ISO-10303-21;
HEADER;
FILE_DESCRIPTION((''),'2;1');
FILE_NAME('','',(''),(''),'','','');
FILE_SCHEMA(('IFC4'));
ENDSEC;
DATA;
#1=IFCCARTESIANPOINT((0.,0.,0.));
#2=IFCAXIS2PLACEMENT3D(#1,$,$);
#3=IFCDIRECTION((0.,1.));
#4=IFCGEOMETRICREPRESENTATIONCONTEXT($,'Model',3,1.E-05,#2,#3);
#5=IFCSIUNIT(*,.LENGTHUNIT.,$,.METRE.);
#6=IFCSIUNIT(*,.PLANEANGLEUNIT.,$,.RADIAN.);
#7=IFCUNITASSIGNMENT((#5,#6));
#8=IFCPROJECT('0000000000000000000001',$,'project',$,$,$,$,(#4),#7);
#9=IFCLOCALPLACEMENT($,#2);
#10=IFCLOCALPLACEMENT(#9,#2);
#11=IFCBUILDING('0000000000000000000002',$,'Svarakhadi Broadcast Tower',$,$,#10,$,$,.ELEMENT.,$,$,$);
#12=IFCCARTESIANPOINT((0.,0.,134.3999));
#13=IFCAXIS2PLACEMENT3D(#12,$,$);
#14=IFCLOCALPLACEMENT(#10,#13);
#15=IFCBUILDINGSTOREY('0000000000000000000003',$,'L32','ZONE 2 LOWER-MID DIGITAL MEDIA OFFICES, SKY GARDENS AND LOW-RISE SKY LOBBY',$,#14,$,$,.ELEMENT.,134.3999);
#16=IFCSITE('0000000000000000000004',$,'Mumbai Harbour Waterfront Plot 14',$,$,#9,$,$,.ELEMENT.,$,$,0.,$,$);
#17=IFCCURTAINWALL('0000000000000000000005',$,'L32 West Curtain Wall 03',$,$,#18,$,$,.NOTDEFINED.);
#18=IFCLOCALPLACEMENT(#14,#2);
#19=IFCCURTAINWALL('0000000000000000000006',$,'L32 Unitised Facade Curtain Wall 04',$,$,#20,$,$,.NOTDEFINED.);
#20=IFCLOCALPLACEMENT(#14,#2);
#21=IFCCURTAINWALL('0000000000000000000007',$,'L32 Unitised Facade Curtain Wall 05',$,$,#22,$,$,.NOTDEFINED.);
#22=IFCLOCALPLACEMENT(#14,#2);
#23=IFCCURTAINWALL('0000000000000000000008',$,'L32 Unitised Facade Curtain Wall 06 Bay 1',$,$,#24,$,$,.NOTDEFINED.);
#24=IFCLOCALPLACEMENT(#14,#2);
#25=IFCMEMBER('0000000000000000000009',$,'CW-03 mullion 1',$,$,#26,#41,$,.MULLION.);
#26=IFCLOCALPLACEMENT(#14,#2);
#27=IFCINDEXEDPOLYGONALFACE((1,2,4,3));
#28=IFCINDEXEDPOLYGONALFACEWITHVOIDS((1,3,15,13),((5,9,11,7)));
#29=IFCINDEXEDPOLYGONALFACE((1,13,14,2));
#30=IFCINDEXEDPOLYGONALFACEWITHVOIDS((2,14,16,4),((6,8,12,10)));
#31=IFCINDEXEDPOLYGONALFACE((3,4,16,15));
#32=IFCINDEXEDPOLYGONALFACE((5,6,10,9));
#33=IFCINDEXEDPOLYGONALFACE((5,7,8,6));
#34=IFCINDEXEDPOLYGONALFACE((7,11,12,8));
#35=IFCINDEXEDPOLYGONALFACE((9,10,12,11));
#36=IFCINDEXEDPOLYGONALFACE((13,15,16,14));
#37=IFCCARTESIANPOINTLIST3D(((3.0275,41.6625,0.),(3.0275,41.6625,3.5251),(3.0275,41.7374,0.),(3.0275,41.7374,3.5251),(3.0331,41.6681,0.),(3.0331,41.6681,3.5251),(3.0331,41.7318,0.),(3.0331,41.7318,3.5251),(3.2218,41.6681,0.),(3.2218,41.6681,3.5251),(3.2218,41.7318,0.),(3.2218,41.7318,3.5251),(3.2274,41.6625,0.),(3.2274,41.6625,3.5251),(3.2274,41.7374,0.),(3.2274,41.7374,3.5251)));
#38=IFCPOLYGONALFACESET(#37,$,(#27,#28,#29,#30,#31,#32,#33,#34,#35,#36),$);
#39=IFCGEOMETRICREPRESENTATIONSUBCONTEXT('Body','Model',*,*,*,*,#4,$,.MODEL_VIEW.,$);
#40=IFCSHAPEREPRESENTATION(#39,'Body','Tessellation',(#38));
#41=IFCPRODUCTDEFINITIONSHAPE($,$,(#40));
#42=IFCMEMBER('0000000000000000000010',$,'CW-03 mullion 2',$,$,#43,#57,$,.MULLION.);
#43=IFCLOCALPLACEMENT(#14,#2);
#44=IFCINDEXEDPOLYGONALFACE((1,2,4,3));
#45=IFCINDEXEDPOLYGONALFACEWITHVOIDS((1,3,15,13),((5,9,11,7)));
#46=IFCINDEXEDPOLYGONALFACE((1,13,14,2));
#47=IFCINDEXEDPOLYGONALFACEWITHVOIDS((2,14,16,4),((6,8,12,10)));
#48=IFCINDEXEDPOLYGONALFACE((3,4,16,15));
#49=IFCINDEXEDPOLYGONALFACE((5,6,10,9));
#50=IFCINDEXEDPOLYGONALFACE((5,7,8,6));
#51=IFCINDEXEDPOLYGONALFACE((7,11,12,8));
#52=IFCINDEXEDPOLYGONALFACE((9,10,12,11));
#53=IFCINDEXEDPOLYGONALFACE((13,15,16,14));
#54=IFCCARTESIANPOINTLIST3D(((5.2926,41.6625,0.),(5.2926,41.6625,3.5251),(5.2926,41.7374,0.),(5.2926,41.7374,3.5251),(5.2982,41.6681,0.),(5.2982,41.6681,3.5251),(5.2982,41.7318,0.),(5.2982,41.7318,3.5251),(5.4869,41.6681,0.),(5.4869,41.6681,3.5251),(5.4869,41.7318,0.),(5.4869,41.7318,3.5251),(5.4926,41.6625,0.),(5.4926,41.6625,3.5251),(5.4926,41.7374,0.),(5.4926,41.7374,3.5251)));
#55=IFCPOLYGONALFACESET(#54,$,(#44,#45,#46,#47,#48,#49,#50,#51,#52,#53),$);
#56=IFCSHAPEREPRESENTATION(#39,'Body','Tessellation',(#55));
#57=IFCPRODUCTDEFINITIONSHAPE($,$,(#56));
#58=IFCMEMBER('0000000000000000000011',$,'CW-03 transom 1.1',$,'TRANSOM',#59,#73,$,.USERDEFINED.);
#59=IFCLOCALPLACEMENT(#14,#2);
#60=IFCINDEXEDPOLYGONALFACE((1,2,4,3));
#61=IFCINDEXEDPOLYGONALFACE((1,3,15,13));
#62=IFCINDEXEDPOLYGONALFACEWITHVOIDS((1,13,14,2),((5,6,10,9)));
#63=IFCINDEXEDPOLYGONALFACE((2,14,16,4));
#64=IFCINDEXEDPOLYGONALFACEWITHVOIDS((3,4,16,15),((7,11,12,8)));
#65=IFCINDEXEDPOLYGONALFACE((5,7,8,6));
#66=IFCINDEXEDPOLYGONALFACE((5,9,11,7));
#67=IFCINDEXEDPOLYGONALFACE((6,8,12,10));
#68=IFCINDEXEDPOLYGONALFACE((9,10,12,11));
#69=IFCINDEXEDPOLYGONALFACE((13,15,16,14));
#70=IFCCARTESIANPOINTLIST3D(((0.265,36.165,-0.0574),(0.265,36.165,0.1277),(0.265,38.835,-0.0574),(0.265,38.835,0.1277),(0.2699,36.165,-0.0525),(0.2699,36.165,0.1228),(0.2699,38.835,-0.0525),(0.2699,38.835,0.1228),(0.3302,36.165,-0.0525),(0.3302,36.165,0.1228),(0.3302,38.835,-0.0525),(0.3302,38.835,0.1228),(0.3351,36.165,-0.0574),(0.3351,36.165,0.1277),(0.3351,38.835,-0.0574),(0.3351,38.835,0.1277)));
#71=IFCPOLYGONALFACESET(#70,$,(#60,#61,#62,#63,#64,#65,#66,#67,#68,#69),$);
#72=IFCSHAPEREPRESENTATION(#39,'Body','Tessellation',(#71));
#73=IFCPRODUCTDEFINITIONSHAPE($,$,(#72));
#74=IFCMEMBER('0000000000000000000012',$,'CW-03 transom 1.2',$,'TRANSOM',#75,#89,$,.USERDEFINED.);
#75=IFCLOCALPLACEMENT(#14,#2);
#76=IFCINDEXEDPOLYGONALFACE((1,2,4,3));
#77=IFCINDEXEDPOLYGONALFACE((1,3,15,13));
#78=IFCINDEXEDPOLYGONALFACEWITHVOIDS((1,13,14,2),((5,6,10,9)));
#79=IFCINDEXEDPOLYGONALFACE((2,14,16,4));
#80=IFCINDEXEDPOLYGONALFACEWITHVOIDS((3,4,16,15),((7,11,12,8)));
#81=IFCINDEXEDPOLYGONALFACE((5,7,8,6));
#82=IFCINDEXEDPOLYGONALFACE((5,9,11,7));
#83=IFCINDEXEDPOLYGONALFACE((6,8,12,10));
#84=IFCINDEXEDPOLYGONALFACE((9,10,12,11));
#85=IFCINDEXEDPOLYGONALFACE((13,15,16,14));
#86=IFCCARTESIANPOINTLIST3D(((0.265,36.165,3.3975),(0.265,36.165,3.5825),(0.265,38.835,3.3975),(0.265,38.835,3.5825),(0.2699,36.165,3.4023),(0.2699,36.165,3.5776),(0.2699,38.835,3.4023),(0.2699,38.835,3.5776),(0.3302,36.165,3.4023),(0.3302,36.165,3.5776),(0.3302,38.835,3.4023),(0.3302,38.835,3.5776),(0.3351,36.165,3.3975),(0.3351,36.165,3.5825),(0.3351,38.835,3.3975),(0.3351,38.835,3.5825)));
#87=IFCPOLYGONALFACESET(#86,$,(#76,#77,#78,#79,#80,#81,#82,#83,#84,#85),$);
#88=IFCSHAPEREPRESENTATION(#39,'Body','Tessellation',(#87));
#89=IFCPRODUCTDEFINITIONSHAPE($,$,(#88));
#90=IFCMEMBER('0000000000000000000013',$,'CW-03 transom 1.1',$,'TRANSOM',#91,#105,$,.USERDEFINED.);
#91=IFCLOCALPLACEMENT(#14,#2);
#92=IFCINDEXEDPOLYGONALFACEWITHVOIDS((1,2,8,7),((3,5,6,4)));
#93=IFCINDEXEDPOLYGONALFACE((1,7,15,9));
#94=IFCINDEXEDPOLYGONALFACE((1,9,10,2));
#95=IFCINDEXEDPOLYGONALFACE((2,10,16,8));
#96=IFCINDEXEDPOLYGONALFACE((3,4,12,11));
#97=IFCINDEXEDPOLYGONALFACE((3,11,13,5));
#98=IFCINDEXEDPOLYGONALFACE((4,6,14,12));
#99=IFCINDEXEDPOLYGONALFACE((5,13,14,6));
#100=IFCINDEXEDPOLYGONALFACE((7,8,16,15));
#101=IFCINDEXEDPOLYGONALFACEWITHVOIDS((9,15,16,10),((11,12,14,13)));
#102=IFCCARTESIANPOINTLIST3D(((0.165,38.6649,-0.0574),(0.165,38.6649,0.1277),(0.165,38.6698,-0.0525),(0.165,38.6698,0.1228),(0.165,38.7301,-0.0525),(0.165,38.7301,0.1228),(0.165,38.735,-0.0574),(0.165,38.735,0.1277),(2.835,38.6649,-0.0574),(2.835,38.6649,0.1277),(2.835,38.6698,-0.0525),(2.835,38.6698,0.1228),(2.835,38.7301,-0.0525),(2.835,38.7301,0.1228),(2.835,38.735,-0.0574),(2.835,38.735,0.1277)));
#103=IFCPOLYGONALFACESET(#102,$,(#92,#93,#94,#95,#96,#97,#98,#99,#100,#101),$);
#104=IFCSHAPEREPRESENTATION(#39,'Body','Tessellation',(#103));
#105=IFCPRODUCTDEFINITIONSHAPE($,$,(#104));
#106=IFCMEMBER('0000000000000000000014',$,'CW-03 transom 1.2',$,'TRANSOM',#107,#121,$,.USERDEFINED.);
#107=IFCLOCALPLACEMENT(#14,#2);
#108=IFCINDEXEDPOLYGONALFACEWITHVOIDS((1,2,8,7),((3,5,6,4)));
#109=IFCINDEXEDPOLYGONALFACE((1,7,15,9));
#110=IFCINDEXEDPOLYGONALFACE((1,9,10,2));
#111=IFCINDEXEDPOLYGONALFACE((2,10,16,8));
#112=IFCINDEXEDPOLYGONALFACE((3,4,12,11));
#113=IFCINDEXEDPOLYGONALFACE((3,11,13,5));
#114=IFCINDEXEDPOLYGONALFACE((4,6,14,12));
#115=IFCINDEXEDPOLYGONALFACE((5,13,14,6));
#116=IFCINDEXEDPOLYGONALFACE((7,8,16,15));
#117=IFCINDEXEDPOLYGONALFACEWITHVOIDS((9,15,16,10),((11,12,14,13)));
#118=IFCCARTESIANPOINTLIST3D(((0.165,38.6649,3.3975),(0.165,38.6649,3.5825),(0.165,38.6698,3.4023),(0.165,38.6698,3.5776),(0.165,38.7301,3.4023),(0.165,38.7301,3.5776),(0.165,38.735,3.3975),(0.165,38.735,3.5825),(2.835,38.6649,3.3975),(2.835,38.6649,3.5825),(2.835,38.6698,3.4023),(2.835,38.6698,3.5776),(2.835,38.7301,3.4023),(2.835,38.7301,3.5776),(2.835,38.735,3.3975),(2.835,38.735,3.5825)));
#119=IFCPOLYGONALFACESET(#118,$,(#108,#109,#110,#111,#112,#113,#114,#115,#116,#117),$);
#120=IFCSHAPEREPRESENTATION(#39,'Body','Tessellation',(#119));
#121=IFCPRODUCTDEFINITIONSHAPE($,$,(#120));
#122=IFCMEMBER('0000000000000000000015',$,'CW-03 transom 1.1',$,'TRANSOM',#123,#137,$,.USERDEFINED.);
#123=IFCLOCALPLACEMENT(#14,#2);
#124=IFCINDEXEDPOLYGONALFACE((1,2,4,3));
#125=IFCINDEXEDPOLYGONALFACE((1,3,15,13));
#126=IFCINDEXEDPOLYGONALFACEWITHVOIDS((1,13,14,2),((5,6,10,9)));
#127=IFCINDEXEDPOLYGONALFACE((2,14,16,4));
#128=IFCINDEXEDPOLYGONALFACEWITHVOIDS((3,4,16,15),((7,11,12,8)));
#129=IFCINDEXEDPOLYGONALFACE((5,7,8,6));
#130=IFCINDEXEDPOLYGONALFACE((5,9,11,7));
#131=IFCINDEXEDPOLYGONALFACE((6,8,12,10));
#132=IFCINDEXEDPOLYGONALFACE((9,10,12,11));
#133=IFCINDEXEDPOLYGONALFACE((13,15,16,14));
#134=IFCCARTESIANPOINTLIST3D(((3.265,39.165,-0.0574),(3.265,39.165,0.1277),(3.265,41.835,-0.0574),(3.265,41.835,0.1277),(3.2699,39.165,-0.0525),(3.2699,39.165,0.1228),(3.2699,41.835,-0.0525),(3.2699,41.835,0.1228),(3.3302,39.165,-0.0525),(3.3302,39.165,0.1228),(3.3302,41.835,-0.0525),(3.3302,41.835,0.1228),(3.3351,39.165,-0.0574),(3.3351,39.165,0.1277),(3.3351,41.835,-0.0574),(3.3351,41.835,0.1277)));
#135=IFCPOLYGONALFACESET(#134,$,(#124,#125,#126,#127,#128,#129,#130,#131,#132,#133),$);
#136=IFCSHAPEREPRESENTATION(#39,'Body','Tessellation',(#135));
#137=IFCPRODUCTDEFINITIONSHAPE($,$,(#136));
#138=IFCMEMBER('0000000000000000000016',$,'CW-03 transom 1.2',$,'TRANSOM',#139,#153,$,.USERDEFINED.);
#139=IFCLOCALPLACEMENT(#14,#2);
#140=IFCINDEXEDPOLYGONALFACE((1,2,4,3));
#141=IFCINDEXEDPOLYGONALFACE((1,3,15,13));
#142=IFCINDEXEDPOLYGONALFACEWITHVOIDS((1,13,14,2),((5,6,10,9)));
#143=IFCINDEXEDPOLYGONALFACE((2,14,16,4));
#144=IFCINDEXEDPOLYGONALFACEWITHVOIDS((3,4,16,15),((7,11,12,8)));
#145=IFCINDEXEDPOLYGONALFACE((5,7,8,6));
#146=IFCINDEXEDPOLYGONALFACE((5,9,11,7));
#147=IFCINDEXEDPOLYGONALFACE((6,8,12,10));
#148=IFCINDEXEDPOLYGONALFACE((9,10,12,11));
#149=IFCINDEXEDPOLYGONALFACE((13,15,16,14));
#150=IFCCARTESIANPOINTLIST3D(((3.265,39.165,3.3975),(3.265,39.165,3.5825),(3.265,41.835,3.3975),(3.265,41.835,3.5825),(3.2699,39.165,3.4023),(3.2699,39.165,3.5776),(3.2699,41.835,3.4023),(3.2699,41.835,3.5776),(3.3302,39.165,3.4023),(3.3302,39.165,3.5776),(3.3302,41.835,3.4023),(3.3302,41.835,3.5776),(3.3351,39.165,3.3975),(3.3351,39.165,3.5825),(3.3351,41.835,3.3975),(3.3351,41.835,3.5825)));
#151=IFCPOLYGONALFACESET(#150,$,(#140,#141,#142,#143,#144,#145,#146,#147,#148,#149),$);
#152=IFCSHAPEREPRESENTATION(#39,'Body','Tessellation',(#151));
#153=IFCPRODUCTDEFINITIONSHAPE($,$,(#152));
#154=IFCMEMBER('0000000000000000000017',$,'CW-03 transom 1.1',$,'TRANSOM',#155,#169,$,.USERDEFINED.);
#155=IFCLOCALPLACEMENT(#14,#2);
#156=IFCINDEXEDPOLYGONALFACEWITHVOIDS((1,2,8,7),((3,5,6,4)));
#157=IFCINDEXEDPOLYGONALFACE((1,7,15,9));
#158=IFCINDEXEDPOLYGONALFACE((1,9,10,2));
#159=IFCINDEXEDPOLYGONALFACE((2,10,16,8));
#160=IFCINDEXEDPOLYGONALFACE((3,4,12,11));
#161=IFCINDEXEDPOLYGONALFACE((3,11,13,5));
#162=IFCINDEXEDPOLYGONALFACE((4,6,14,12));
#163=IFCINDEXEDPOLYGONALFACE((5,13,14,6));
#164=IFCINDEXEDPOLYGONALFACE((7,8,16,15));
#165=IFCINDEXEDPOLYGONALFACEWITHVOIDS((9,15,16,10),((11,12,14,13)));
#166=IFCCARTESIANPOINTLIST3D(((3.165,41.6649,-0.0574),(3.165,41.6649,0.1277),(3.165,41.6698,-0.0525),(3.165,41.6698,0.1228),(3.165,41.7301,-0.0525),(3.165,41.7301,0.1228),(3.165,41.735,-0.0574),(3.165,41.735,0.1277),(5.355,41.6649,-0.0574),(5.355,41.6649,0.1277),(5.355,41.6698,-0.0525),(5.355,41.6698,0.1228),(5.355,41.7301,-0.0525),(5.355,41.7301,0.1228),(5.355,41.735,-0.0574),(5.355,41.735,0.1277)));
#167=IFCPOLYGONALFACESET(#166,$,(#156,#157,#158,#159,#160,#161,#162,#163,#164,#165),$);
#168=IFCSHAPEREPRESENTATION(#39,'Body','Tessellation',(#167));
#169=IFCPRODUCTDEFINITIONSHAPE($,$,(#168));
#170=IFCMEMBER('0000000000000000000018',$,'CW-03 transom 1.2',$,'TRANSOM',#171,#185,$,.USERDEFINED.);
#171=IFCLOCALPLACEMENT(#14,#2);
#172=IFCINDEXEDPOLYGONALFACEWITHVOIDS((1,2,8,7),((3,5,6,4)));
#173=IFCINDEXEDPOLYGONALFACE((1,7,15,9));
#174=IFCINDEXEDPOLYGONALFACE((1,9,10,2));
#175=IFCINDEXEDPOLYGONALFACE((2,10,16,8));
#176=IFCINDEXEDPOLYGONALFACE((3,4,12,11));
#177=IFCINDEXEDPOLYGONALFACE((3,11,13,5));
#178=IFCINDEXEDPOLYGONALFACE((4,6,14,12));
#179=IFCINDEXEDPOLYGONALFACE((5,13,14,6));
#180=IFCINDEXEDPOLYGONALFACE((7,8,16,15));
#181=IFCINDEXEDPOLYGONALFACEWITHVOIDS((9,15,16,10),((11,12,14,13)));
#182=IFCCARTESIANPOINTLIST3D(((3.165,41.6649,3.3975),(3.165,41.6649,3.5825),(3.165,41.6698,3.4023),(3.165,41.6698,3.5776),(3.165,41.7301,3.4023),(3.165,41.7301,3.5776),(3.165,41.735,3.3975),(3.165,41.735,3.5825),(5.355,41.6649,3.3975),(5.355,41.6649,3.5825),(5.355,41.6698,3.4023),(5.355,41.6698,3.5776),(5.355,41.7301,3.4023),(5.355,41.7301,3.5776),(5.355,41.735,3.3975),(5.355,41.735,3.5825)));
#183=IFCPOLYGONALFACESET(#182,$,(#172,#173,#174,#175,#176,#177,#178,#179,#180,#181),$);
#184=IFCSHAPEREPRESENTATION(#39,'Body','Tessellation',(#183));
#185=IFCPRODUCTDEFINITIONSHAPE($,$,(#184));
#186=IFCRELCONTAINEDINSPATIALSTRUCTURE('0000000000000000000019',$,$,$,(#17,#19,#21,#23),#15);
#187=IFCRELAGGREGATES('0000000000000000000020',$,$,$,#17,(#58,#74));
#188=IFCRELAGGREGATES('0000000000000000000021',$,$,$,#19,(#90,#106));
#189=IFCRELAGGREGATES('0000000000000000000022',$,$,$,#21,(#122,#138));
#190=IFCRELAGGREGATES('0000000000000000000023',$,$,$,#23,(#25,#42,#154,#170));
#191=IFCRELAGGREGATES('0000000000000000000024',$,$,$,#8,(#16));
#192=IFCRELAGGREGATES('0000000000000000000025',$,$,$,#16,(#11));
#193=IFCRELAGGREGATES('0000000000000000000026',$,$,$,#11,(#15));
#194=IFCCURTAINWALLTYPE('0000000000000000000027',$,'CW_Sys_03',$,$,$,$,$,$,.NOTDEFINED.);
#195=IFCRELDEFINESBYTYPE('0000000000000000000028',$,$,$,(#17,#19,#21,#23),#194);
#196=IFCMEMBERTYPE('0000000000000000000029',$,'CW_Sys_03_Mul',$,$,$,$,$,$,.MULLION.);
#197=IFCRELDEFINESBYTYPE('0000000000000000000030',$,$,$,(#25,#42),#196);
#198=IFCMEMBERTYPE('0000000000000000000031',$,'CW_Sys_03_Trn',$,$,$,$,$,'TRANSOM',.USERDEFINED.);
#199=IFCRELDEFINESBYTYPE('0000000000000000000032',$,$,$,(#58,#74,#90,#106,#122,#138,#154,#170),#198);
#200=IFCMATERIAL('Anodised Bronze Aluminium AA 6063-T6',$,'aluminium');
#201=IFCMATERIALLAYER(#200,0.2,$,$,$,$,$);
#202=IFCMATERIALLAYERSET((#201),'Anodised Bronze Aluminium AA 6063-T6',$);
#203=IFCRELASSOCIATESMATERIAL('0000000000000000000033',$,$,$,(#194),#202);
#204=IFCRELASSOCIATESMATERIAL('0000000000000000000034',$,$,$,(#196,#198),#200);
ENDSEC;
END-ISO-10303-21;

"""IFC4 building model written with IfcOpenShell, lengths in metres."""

from ifc_helpers import new_model, si_unit, direction, frame, origin, origin_2d, place, context, subcontext, project, spatial, hollow_rectangle, extrude, material, layer, layer_set, material_profile, profile_set, type_object, element, aggregate, save


model = new_model("IFC4")

# Units and contexts
model_context = context("Model", 3, precision=1e-05, world=origin(), true_north=direction((0.0, 1.0)))
body_context = subcontext(model_context, "Body", "Model", "MODEL_VIEW")
ifc_project = project(units=[si_unit("LENGTHUNIT", "METRE"), si_unit("PLANEANGLEUNIT", "RADIAN")], contexts=[model_context])

# Site, building, storey
site_placement = place(None, origin())
site = spatial("IfcSite", under=ifc_project, at=site_placement, Name="Mumbai Harbour Waterfront Plot 14", CompositionType="ELEMENT", RefElevation=0.0)
building_placement = place(site_placement, origin())
building = spatial("IfcBuilding", under=site, at=building_placement, Name="Svarakhadi Broadcast Tower", CompositionType="ELEMENT")
storey_placement = place(building_placement, frame((0.0, 0.0, 134.3999)))
storey = spatial("IfcBuildingStorey", under=building, at=storey_placement, Name="L32", Description="ZONE 2 LOWER-MID DIGITAL MEDIA OFFICES, SKY GARDENS AND LOW-RISE SKY LOBBY", CompositionType="ELEMENT", Elevation=134.3999)

# Curtain walls, members
ifc_material_1 = material(Name="Anodised Bronze Aluminium AA 6063-T6", Category="aluminium")
ifc_layer_1 = layer(ifc_material_1, 0.2)
ifc_layer_set_1 = layer_set([ifc_layer_1], Name="Anodised Bronze Aluminium AA 6063-T6")
curtain_wall_type = type_object("IfcCurtainWallType", Name="CW_Sys_03", PredefinedType="NOTDEFINED", material=ifc_layer_set_1)
curtain_wall_1_placement = place(storey_placement, origin())
curtain_wall_1 = element("IfcCurtainWall", 1, at=curtain_wall_1_placement, inside=storey, type_object=curtain_wall_type, Name="L32 West Curtain Wall 03", PredefinedType="NOTDEFINED")
ifc_material_profile_1 = material_profile(ifc_material_1, hollow_rectangle(XDim=0.075, YDim=0.2, WallThickness=0.0056, at=origin_2d()), Name="ALU MULLION 200x75x6")
ifc_profile_set_1 = profile_set([ifc_material_profile_1], Name="Anodised Bronze Aluminium AA 6063-T6")
member_type_1 = type_object("IfcMemberType", Name="CW_Sys_03_Mul", PredefinedType="MULLION", material=ifc_profile_set_1)
curtain_wall_2_placement = place(storey_placement, origin())
curtain_wall_2 = element("IfcCurtainWall", 2, at=curtain_wall_2_placement, inside=storey, type_object=curtain_wall_type, Name="L32 Unitised Facade Curtain Wall 04", PredefinedType="NOTDEFINED")
curtain_wall_3_placement = place(storey_placement, origin())
curtain_wall_3 = element("IfcCurtainWall", 3, at=curtain_wall_3_placement, inside=storey, type_object=curtain_wall_type, Name="L32 Unitised Facade Curtain Wall 05", PredefinedType="NOTDEFINED")
curtain_wall_4_placement = place(storey_placement, origin())
curtain_wall_4 = element("IfcCurtainWall", 4, at=curtain_wall_4_placement, inside=storey, type_object=curtain_wall_type, Name="L32 Unitised Facade Curtain Wall 06 Bay 1", PredefinedType="NOTDEFINED")
member_1_placement = place(storey_placement, frame((3.1274, 41.7, 0.0), z_axis=(0.0, 0.0, 1.0), x_axis=(0.0, 1.0, 0.0)))
member_1 = element("IfcMember", 5, at=member_1_placement, type_object=member_type_1, Name="CW-03 mullion 1", PredefinedType="MULLION", context=body_context, shape_type="SweptSolid", body=[
    extrude(hollow_rectangle(XDim=0.075, YDim=0.2, WallThickness=0.0056, at=origin_2d()), origin(), (0.0, 0.0, 1.0), 3.5251),
])
member_2_placement = place(storey_placement, frame((5.3926, 41.7, 0.0), z_axis=(0.0, 0.0, 1.0), x_axis=(0.0, 1.0, 0.0)))
member_2 = element("IfcMember", 6, at=member_2_placement, type_object=member_type_1, Name="CW-03 mullion 2", PredefinedType="MULLION", context=body_context, shape_type="SweptSolid", body=[
    extrude(hollow_rectangle(XDim=0.075, YDim=0.2, WallThickness=0.0056, at=origin_2d()), origin(), (0.0, 0.0, 1.0), 3.5251),
])

# Members
ifc_material_profile_2 = material_profile(ifc_material_1, hollow_rectangle(XDim=0.0701, YDim=0.1851, WallThickness=0.0049, at=origin_2d()), Name="ALU TRANSOM 185x70x5")
ifc_profile_set_2 = profile_set([ifc_material_profile_2], Name="Anodised Bronze Aluminium AA 6063-T6")
member_type_2 = type_object("IfcMemberType", Name="CW_Sys_03_Trn", ElementType="TRANSOM", PredefinedType="USERDEFINED", material=ifc_profile_set_2)
member_3_placement = place(storey_placement, frame((0.3, 36.165, 0.0352), z_axis=(0.0, 1.0, 0.0), x_axis=(-1.0, 0.0, 0.0)))
member_3 = element("IfcMember", 7, at=member_3_placement, type_object=member_type_2, Name="CW-03 transom 1.1", ObjectType="TRANSOM", PredefinedType="USERDEFINED", context=body_context, shape_type="SweptSolid", body=[
    extrude(hollow_rectangle(XDim=0.0701, YDim=0.1851, WallThickness=0.0049, at=origin_2d()), origin(), (0.0, 0.0, 1.0), 2.6699),
])
member_4_placement = place(storey_placement, frame((0.3, 36.165, 3.49), z_axis=(0.0, 1.0, 0.0), x_axis=(-1.0, 0.0, 0.0)))
member_4 = element("IfcMember", 8, at=member_4_placement, type_object=member_type_2, Name="CW-03 transom 1.2", ObjectType="TRANSOM", PredefinedType="USERDEFINED", context=body_context, shape_type="SweptSolid", body=[
    extrude(hollow_rectangle(XDim=0.0701, YDim=0.1851, WallThickness=0.0049, at=origin_2d()), origin(), (0.0, 0.0, 1.0), 2.6699),
])
member_5_placement = place(storey_placement, frame((0.165, 38.7, 0.0352), z_axis=(1.0, 0.0, 0.0), x_axis=(0.0, 1.0, 0.0)))
member_5 = element("IfcMember", 9, at=member_5_placement, type_object=member_type_2, Name="CW-03 transom 1.1", ObjectType="TRANSOM", PredefinedType="USERDEFINED", context=body_context, shape_type="SweptSolid", body=[
    extrude(hollow_rectangle(XDim=0.0701, YDim=0.1851, WallThickness=0.0049, at=origin_2d()), origin(), (0.0, 0.0, 1.0), 2.6699),
])
member_6_placement = place(storey_placement, frame((0.165, 38.7, 3.49), z_axis=(1.0, 0.0, 0.0), x_axis=(0.0, 1.0, 0.0)))
member_6 = element("IfcMember", 10, at=member_6_placement, type_object=member_type_2, Name="CW-03 transom 1.2", ObjectType="TRANSOM", PredefinedType="USERDEFINED", context=body_context, shape_type="SweptSolid", body=[
    extrude(hollow_rectangle(XDim=0.0701, YDim=0.1851, WallThickness=0.0049, at=origin_2d()), origin(), (0.0, 0.0, 1.0), 2.6699),
])
member_7_placement = place(storey_placement, frame((3.3, 39.165, 0.0352), z_axis=(0.0, 1.0, 0.0), x_axis=(-1.0, 0.0, 0.0)))
member_7 = element("IfcMember", 11, at=member_7_placement, type_object=member_type_2, Name="CW-03 transom 1.1", ObjectType="TRANSOM", PredefinedType="USERDEFINED", context=body_context, shape_type="SweptSolid", body=[
    extrude(hollow_rectangle(XDim=0.0701, YDim=0.1851, WallThickness=0.0049, at=origin_2d()), origin(), (0.0, 0.0, 1.0), 2.6699),
])
member_8_placement = place(storey_placement, frame((3.3, 39.165, 3.49), z_axis=(0.0, 1.0, 0.0), x_axis=(-1.0, 0.0, 0.0)))
member_8 = element("IfcMember", 12, at=member_8_placement, type_object=member_type_2, Name="CW-03 transom 1.2", ObjectType="TRANSOM", PredefinedType="USERDEFINED", context=body_context, shape_type="SweptSolid", body=[
    extrude(hollow_rectangle(XDim=0.0701, YDim=0.1851, WallThickness=0.0049, at=origin_2d()), origin(), (0.0, 0.0, 1.0), 2.6699),
])
member_9_placement = place(storey_placement, frame((3.165, 41.7, 0.0352), z_axis=(1.0, 0.0, 0.0), x_axis=(0.0, 1.0, 0.0)))
member_9 = element("IfcMember", 13, at=member_9_placement, type_object=member_type_2, Name="CW-03 transom 1.1", ObjectType="TRANSOM", PredefinedType="USERDEFINED", context=body_context, shape_type="SweptSolid", body=[
    extrude(hollow_rectangle(XDim=0.0701, YDim=0.1851, WallThickness=0.0049, at=origin_2d()), origin(), (0.0, 0.0, 1.0), 2.1899),
])
member_10_placement = place(storey_placement, frame((3.165, 41.7, 3.49), z_axis=(1.0, 0.0, 0.0), x_axis=(0.0, 1.0, 0.0)))
member_10 = element("IfcMember", 14, at=member_10_placement, type_object=member_type_2, Name="CW-03 transom 1.2", ObjectType="TRANSOM", PredefinedType="USERDEFINED", context=body_context, shape_type="SweptSolid", body=[
    extrude(hollow_rectangle(XDim=0.0701, YDim=0.1851, WallThickness=0.0049, at=origin_2d()), origin(), (0.0, 0.0, 1.0), 2.1899),
])

aggregate(curtain_wall_1, [member_3, member_4])
aggregate(curtain_wall_2, [member_5, member_6])
aggregate(curtain_wall_3, [member_7, member_8])
aggregate(curtain_wall_4, [member_1, member_2, member_9, member_10])

save(model, "model.ifc")
